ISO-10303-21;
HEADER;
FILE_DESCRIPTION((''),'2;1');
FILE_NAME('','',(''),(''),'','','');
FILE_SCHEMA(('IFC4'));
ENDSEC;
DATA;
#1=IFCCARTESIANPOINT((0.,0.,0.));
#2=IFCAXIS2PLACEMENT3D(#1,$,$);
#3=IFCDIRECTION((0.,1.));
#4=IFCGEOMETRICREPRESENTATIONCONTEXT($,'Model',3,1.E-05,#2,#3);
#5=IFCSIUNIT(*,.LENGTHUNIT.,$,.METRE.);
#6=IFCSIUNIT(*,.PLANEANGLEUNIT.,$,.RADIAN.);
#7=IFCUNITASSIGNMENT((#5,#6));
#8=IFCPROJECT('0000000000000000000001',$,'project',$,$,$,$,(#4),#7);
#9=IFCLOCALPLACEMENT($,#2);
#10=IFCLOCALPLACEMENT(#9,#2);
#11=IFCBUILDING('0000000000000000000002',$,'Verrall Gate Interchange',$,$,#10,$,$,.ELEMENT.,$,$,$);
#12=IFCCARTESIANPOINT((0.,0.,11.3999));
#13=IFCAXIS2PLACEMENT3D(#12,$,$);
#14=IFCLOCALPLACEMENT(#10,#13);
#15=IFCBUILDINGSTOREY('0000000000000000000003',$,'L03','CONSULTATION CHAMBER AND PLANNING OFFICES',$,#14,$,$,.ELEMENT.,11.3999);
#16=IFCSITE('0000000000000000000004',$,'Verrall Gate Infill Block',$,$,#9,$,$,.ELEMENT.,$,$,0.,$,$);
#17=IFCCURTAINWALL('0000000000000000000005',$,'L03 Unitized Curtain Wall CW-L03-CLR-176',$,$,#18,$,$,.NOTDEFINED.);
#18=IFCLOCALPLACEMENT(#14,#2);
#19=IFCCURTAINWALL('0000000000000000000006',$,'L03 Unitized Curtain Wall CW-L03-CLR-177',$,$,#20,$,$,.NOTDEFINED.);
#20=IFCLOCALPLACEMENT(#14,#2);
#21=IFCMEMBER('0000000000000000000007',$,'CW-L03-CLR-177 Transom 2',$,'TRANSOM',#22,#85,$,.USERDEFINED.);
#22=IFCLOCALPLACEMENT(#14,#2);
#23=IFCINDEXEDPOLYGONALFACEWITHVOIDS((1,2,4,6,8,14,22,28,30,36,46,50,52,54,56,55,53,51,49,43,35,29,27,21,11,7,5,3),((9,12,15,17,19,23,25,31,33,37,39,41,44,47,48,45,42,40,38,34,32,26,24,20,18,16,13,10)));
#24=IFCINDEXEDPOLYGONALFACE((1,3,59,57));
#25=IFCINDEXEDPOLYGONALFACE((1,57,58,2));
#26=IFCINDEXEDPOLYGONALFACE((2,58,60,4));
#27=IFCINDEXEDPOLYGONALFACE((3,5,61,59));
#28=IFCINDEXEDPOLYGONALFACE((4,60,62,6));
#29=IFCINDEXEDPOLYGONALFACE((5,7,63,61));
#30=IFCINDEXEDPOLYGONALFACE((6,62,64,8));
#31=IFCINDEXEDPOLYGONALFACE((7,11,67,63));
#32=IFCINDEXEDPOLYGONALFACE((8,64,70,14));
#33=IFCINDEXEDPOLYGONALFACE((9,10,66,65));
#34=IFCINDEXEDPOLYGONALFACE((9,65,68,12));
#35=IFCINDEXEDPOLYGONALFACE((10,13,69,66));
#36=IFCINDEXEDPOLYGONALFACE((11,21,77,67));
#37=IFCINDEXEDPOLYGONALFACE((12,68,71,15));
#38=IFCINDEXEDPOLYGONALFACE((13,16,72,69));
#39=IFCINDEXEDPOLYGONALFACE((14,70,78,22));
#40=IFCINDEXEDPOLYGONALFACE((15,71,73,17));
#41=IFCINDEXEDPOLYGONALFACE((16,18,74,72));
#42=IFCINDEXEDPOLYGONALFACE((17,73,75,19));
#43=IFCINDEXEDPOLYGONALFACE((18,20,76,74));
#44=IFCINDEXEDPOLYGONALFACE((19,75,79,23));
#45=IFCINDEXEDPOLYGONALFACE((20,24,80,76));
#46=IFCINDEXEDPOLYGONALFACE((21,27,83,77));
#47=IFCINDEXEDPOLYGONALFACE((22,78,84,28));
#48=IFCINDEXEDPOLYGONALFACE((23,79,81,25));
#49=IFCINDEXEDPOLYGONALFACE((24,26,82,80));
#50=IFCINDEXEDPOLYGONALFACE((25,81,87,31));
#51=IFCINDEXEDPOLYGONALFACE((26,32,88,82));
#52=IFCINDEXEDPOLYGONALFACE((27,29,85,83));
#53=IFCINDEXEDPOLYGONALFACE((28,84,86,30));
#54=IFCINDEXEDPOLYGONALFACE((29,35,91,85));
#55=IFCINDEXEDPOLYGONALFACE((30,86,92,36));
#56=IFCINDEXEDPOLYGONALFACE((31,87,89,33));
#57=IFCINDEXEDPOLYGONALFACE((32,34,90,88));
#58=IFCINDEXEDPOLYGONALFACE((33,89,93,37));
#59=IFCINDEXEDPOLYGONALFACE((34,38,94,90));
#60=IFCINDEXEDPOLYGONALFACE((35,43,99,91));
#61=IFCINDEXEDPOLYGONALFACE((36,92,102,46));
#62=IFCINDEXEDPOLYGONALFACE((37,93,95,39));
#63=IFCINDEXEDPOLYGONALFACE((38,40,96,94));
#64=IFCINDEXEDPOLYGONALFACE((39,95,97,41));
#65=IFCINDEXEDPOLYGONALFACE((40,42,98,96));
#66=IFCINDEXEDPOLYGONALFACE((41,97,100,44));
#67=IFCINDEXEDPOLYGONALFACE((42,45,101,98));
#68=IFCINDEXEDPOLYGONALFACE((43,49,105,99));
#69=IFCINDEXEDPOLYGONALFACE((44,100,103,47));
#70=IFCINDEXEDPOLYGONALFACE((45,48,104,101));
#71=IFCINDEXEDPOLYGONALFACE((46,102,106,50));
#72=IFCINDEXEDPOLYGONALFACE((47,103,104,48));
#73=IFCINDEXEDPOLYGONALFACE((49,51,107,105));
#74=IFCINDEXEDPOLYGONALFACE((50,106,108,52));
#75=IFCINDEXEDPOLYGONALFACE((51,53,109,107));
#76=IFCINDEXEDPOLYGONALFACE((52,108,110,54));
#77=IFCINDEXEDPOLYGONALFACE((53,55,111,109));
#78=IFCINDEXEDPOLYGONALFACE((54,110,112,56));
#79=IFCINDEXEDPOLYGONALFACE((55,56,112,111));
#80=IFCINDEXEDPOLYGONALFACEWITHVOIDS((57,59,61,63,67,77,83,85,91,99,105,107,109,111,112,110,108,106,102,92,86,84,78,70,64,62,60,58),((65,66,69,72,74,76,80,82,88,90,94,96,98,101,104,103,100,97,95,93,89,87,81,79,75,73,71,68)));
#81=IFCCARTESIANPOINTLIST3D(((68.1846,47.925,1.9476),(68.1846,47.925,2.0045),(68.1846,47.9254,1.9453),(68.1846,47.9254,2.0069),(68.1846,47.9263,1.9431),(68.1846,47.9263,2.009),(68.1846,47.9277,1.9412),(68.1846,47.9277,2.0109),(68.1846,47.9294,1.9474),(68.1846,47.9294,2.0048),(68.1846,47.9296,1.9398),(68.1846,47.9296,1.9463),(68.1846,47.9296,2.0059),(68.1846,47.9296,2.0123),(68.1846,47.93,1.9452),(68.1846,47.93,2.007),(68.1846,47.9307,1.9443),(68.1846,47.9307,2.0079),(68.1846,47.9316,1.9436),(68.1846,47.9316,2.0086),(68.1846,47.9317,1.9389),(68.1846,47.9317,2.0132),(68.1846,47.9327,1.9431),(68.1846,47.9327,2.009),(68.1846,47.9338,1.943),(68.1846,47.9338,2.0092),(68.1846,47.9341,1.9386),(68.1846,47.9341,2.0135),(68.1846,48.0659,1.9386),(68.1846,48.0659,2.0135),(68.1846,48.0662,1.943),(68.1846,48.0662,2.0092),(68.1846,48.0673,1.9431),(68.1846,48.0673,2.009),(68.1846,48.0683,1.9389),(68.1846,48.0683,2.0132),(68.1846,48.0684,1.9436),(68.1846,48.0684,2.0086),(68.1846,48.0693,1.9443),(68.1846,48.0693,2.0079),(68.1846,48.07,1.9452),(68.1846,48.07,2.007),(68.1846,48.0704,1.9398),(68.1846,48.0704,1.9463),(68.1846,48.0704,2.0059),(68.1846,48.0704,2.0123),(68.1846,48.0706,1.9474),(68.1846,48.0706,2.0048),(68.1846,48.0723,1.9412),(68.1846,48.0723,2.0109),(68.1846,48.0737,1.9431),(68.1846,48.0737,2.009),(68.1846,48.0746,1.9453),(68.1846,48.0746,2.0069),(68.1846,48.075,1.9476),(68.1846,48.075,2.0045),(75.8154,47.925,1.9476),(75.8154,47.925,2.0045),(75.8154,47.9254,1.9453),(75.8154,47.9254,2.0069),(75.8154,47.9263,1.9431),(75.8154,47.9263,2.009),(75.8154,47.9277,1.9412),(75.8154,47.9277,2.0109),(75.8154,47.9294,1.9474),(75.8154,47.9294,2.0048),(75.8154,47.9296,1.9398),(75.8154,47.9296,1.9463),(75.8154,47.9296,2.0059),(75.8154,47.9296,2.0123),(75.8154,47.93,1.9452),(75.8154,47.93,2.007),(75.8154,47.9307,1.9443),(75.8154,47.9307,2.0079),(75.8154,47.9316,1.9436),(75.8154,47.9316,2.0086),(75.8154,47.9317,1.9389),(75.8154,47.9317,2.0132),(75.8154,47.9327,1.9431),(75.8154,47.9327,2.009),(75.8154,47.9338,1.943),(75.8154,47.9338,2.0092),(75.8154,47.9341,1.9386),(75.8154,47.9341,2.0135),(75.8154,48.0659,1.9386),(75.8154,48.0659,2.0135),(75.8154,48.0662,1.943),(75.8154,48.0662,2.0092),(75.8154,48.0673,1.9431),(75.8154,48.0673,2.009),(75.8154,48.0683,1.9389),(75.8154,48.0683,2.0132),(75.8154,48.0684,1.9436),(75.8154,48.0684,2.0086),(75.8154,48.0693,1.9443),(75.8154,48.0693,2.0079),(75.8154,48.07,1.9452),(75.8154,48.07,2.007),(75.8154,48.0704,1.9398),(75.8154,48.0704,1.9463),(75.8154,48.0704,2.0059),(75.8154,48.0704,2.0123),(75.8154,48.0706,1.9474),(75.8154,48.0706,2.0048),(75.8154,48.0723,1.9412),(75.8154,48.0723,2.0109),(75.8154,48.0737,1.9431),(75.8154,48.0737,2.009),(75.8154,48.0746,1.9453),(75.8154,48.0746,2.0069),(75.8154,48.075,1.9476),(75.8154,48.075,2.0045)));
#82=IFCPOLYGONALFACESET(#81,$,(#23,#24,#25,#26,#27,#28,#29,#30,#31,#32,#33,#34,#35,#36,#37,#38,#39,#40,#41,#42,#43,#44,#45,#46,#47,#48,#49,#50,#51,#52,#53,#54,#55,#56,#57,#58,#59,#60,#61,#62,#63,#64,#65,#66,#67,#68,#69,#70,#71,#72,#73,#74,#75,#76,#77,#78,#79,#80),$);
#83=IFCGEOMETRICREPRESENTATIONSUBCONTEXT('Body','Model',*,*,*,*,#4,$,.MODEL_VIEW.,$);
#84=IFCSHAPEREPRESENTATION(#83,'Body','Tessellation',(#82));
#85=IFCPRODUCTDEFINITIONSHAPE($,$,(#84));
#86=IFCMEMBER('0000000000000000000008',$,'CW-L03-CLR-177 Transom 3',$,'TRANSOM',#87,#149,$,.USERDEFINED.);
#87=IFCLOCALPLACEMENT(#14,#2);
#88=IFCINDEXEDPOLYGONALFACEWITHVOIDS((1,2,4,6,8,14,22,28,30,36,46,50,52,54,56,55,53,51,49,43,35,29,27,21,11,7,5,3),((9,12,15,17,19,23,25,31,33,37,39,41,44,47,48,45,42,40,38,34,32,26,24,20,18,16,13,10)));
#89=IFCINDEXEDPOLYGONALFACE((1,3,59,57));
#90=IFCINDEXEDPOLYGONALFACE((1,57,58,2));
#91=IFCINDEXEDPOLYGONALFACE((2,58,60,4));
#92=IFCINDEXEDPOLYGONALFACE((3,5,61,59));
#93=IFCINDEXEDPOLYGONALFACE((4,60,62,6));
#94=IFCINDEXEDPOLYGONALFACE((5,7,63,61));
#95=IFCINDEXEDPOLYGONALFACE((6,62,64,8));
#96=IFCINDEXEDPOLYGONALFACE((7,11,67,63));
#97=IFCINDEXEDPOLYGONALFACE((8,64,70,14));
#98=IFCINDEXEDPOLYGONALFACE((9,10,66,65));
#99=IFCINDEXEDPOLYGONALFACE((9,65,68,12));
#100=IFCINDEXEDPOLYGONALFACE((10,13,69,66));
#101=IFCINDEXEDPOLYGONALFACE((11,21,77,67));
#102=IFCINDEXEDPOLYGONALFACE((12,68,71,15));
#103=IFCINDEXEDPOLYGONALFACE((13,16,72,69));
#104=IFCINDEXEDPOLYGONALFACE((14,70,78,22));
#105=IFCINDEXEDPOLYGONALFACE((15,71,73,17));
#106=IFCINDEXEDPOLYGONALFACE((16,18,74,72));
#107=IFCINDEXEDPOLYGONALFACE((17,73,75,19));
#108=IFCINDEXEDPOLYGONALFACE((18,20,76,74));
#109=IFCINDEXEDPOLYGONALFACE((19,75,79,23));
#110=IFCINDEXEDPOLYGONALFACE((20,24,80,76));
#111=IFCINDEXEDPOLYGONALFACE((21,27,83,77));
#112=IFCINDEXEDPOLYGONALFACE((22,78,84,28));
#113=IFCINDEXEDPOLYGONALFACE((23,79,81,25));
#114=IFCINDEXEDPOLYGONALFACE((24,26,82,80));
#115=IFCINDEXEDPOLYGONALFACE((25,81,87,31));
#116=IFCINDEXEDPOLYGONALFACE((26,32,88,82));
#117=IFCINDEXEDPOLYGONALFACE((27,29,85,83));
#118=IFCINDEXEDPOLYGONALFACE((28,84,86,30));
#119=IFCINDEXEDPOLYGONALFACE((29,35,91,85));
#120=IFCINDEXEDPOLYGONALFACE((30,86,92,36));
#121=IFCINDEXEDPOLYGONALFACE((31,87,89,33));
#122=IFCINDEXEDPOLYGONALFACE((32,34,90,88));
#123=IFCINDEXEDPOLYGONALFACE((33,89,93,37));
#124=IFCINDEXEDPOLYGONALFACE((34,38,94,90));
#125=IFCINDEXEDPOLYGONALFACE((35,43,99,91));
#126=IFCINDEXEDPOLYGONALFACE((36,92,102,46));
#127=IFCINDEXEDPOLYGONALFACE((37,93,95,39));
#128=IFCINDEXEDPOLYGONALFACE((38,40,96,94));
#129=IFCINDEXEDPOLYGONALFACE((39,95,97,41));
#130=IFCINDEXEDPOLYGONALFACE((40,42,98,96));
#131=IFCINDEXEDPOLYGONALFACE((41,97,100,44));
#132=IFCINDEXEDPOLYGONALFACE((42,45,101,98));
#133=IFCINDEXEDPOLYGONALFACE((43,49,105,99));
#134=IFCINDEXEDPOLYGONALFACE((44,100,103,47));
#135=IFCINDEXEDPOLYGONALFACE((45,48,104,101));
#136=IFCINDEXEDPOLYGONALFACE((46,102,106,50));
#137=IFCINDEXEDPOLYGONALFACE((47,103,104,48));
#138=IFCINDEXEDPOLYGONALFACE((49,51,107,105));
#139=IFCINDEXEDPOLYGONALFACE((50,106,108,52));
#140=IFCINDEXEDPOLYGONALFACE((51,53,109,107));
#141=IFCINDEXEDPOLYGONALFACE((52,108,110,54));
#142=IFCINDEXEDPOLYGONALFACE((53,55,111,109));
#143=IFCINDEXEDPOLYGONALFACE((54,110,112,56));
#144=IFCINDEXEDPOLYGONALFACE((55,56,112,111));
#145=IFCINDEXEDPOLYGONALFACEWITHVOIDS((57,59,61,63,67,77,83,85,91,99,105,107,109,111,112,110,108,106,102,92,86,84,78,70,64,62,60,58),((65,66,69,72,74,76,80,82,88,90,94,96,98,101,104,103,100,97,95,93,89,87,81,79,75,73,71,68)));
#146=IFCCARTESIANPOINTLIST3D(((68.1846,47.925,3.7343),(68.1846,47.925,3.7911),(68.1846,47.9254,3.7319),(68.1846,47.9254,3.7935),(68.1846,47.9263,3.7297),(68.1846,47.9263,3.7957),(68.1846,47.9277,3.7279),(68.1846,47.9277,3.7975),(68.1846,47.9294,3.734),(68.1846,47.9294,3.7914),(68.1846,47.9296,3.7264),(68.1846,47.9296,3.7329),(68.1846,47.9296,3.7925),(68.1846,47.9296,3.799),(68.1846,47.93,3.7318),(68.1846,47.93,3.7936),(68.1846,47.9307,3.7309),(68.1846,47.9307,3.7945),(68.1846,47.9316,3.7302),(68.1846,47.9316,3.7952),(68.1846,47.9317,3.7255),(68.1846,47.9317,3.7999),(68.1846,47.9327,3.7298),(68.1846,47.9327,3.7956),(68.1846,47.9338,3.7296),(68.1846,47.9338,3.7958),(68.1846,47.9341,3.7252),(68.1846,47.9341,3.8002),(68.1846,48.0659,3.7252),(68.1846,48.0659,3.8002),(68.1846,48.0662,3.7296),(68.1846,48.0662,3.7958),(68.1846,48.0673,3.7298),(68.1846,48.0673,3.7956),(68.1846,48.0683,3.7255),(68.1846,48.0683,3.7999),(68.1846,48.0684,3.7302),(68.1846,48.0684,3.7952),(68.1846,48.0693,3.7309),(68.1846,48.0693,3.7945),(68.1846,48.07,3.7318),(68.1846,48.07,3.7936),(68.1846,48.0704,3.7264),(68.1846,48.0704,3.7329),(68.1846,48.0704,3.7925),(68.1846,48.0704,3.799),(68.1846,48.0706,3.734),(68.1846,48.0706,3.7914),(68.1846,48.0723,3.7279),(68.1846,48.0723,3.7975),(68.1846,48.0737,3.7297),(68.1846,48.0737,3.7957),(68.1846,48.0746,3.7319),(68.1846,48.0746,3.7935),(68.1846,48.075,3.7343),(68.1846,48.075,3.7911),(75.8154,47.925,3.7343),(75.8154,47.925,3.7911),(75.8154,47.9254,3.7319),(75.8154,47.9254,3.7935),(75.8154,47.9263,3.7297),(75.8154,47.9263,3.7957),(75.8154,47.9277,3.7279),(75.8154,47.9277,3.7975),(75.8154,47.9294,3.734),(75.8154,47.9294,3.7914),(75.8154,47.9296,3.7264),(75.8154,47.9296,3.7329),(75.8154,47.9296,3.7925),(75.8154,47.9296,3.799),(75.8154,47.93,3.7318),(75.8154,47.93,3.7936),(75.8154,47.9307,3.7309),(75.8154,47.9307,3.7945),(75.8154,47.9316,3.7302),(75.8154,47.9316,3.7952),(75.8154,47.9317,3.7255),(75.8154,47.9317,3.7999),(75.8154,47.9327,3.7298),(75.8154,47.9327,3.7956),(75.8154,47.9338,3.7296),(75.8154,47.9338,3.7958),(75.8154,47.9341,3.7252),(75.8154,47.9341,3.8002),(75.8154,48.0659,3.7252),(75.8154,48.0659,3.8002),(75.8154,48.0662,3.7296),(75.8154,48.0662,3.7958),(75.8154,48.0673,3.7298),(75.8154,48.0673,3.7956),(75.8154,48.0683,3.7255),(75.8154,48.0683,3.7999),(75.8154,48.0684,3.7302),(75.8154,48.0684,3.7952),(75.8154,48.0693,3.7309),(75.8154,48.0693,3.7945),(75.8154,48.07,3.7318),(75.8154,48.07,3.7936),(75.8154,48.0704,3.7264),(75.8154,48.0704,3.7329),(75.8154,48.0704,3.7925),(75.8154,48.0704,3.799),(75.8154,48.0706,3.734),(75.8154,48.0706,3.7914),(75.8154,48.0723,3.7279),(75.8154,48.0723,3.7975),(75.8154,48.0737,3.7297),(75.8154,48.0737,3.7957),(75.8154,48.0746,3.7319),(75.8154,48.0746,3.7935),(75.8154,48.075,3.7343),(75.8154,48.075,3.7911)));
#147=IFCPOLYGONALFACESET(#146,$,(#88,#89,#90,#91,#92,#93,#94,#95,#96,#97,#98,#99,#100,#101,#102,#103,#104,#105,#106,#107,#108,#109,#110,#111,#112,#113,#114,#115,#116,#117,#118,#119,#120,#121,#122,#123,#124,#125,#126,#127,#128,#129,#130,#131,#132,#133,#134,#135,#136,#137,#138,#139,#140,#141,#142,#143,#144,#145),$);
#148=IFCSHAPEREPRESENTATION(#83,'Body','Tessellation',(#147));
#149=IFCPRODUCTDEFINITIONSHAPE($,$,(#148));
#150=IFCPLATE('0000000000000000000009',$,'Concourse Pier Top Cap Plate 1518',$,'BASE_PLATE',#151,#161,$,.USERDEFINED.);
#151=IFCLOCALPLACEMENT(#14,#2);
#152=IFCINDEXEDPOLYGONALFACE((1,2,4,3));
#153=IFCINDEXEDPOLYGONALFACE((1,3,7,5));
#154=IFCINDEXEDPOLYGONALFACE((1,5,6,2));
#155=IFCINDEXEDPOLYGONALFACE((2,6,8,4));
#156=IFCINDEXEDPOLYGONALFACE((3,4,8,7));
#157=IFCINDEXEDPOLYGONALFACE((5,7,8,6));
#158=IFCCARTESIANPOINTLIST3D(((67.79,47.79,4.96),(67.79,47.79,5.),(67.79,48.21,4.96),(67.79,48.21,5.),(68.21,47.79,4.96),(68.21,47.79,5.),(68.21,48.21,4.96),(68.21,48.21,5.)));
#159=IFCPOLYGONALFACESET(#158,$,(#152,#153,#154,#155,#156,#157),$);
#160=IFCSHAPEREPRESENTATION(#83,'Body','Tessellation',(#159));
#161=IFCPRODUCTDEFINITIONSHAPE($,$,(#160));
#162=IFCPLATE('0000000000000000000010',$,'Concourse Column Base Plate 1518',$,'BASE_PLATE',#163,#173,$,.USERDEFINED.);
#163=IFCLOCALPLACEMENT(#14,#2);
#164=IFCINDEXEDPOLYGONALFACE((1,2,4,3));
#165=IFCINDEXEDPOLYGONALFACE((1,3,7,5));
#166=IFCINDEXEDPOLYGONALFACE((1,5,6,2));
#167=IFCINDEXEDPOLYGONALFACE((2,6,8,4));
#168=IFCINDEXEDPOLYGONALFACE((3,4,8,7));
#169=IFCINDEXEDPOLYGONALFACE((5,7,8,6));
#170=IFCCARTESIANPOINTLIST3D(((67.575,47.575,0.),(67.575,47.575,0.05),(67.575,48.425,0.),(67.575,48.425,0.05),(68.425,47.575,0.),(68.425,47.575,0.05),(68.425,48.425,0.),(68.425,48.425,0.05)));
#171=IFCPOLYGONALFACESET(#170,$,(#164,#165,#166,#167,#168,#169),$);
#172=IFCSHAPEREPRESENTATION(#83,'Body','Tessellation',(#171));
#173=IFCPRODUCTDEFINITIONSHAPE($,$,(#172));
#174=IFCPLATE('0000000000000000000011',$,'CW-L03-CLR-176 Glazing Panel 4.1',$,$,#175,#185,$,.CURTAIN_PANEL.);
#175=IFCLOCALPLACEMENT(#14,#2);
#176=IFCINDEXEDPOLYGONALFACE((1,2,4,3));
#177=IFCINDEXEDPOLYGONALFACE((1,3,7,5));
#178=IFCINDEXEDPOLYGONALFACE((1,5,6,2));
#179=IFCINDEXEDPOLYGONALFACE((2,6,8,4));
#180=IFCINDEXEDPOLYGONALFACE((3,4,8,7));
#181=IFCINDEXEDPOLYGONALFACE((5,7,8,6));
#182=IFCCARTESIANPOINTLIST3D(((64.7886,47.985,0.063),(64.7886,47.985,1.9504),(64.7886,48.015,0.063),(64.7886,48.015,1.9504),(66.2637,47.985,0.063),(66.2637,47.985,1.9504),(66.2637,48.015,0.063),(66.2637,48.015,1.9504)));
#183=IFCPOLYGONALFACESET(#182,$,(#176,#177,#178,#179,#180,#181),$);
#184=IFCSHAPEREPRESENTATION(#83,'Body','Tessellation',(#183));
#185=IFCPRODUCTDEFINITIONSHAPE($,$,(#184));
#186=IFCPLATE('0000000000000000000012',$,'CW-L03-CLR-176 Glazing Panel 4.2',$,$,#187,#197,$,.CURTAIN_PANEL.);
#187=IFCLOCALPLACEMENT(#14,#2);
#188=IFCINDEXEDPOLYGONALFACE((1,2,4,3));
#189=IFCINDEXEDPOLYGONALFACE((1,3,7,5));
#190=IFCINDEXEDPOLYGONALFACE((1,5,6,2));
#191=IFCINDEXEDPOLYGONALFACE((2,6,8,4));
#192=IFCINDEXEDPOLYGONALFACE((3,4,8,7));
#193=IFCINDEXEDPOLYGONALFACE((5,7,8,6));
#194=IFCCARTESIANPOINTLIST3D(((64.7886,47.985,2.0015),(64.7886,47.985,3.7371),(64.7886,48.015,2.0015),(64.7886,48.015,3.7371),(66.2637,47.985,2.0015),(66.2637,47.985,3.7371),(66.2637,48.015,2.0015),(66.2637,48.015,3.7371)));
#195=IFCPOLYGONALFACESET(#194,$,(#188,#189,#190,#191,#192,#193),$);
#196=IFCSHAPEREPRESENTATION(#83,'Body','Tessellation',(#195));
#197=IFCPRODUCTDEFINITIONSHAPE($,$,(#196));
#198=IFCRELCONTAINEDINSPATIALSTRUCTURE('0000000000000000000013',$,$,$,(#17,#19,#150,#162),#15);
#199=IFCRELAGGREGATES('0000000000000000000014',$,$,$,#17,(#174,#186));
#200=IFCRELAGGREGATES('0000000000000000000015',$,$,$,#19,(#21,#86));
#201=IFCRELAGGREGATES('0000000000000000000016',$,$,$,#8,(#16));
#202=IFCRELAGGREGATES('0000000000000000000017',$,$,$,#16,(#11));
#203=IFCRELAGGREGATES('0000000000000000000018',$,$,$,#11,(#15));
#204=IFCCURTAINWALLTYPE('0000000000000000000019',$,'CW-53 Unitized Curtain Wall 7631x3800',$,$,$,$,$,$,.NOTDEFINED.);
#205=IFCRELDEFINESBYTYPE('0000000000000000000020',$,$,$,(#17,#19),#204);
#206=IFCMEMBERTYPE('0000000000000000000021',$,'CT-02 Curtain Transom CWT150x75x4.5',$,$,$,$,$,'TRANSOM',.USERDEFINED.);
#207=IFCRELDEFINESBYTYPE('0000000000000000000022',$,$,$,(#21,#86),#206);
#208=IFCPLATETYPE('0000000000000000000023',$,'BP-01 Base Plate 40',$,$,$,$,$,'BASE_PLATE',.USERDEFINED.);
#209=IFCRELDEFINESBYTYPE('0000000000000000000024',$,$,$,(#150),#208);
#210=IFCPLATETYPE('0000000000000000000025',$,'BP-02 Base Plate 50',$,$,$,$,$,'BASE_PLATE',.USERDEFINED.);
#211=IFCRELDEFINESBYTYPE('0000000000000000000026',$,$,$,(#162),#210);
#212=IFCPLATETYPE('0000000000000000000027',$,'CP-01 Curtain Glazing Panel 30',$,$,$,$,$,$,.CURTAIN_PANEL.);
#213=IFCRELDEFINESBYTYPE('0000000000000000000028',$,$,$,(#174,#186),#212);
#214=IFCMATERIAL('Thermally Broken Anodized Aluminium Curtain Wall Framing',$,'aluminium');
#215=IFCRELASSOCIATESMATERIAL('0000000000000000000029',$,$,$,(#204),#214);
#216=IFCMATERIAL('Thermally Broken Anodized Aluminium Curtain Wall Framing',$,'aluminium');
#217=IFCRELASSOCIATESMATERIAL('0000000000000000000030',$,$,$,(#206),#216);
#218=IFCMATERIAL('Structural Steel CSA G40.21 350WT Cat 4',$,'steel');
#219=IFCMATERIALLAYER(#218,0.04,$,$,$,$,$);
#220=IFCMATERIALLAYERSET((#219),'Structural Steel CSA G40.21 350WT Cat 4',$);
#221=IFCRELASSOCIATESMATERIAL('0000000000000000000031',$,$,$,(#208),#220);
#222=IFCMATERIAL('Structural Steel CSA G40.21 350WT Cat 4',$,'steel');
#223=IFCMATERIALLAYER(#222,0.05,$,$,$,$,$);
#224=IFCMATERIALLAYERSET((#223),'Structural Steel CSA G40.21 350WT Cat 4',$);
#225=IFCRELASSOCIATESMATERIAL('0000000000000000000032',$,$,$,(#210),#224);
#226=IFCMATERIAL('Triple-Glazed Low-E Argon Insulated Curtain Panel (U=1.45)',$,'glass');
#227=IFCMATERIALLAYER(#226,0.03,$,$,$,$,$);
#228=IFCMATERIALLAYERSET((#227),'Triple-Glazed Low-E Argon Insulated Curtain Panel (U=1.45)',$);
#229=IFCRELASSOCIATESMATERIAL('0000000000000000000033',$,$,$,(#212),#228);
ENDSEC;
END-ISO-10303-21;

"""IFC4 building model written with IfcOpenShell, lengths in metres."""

from ifc_helpers import new_model, si_unit, direction, frame, origin, origin_2d, place, context, subcontext, project, spatial, rectangle, hollow_rectangle, extrude, material, layer, layer_set, material_profile, profile_set, type_object, element, aggregate, save


model = new_model("IFC4")

# Units and contexts
model_context = context("Model", 3, precision=1e-05, world=origin(), true_north=direction((0.0, 1.0)))
body_context = subcontext(model_context, "Body", "Model", "MODEL_VIEW")
ifc_project = project(units=[si_unit("LENGTHUNIT", "METRE"), si_unit("PLANEANGLEUNIT", "RADIAN")], contexts=[model_context])

# Site, building, storey
site_placement = place(None, origin())
site = spatial("IfcSite", under=ifc_project, at=site_placement, Name="Verrall Gate Infill Block", CompositionType="ELEMENT", RefElevation=0.0)
building_placement = place(site_placement, origin())
building = spatial("IfcBuilding", under=site, at=building_placement, Name="Verrall Gate Interchange", CompositionType="ELEMENT")
storey_placement = place(building_placement, frame((0.0, 0.0, 11.3999)))
storey = spatial("IfcBuildingStorey", under=building, at=storey_placement, Name="L03", Description="CONSULTATION CHAMBER AND PLANNING OFFICES", CompositionType="ELEMENT", Elevation=11.3999)

# Curtain walls, members
ifc_material_1 = material(Name="Thermally Broken Anodized Aluminium Curtain Wall Framing", Category="aluminium")
curtain_wall_type = type_object("IfcCurtainWallType", Name="CW-53 Unitized Curtain Wall 7631x3800", PredefinedType="NOTDEFINED", material=ifc_material_1)
curtain_wall_1_placement = place(storey_placement, origin())
curtain_wall_1 = element("IfcCurtainWall", 1, at=curtain_wall_1_placement, inside=storey, type_object=curtain_wall_type, Name="L03 Unitized Curtain Wall CW-L03-CLR-176", PredefinedType="NOTDEFINED")
curtain_wall_2_placement = place(storey_placement, origin())
curtain_wall_2 = element("IfcCurtainWall", 2, at=curtain_wall_2_placement, inside=storey, type_object=curtain_wall_type, Name="L03 Unitized Curtain Wall CW-L03-CLR-177", PredefinedType="NOTDEFINED")
ifc_material_2 = material(Name="Thermally Broken Anodized Aluminium Curtain Wall Framing", Category="aluminium")
ifc_material_profile_1 = material_profile(ifc_material_2, hollow_rectangle(XDim=0.1499, YDim=0.075, WallThickness=0.0044, InnerFilletRadius=0.0044, OuterFilletRadius=0.009, at=origin_2d()), Name="CWT150x75x4.5")
ifc_profile_set_1 = profile_set([ifc_material_profile_1], Name="Thermally Broken Anodized Aluminium Curtain Wall Framing")
member_type_1 = type_object("IfcMemberType", Name="CT-02 Curtain Transom CWT150x75x4.5", ElementType="TRANSOM", PredefinedType="USERDEFINED", material=ifc_profile_set_1)
member_1_placement = place(storey_placement, frame((68.1846, 48.0, 1.9761), z_axis=(1.0, 0.0, 0.0), x_axis=(0.0, 1.0, 0.0)))
member_1 = element("IfcMember", 3, at=member_1_placement, type_object=member_type_1, Name="CW-L03-CLR-177 Transom 2", ObjectType="TRANSOM", PredefinedType="USERDEFINED", context=body_context, shape_type="SweptSolid", body=[
    extrude(hollow_rectangle(XDim=0.1499, YDim=0.075, WallThickness=0.0044, InnerFilletRadius=0.0044, OuterFilletRadius=0.009, at=origin_2d()), origin(), (0.0, 0.0, 1.0), 7.6309),
])
member_2_placement = place(storey_placement, frame((68.1846, 48.0, 3.7627), z_axis=(1.0, 0.0, 0.0), x_axis=(0.0, 1.0, 0.0)))
member_2 = element("IfcMember", 4, at=member_2_placement, type_object=member_type_1, Name="CW-L03-CLR-177 Transom 3", ObjectType="TRANSOM", PredefinedType="USERDEFINED", context=body_context, shape_type="SweptSolid", body=[
    extrude(hollow_rectangle(XDim=0.1499, YDim=0.075, WallThickness=0.0044, InnerFilletRadius=0.0044, OuterFilletRadius=0.009, at=origin_2d()), origin(), (0.0, 0.0, 1.0), 7.6309),
])

# Plates
ifc_material_3 = material(Name="Structural Steel CSA G40.21 350WT Cat 4", Category="steel")
ifc_layer_1 = layer(ifc_material_3, 0.04)
ifc_layer_set_1 = layer_set([ifc_layer_1], Name="Structural Steel CSA G40.21 350WT Cat 4")
plate_type_1 = type_object("IfcPlateType", Name="BP-01 Base Plate 40", ElementType="BASE_PLATE", PredefinedType="USERDEFINED", material=ifc_layer_set_1)
plate_1_placement = place(storey_placement, frame((68.0, 48.0, 4.96), z_axis=(0.0, 0.0, 1.0), x_axis=(1.0, 0.0, 0.0)))
element("IfcPlate", 5, at=plate_1_placement, inside=storey, type_object=plate_type_1, Name="Concourse Pier Top Cap Plate 1518", ObjectType="BASE_PLATE", PredefinedType="USERDEFINED", context=body_context, shape_type="SweptSolid", body=[
    extrude(rectangle(XDim=0.4199, YDim=0.4199, at=origin_2d()), origin(), (0.0, 0.0, 1.0), 0.04),
])
ifc_material_4 = material(Name="Structural Steel CSA G40.21 350WT Cat 4", Category="steel")
ifc_layer_2 = layer(ifc_material_4, 0.05)
ifc_layer_set_2 = layer_set([ifc_layer_2], Name="Structural Steel CSA G40.21 350WT Cat 4")
plate_type_2 = type_object("IfcPlateType", Name="BP-02 Base Plate 50", ElementType="BASE_PLATE", PredefinedType="USERDEFINED", material=ifc_layer_set_2)
plate_2_placement = place(storey_placement, frame((68.0, 48.0, 0.0), z_axis=(0.0, 0.0, 1.0), x_axis=(1.0, 0.0, 0.0)))
element("IfcPlate", 6, at=plate_2_placement, inside=storey, type_object=plate_type_2, Name="Concourse Column Base Plate 1518", ObjectType="BASE_PLATE", PredefinedType="USERDEFINED", context=body_context, shape_type="SweptSolid", body=[
    extrude(rectangle(XDim=0.8501, YDim=0.8501, at=origin_2d()), origin(), (0.0, 0.0, 1.0), 0.05),
])

# Plates
ifc_material_5 = material(Name="Triple-Glazed Low-E Argon Insulated Curtain Panel (U=1.45)", Category="glass")
ifc_layer_3 = layer(ifc_material_5, 0.03)
ifc_layer_set_3 = layer_set([ifc_layer_3], Name="Triple-Glazed Low-E Argon Insulated Curtain Panel (U=1.45)")
plate_type_3 = type_object("IfcPlateType", Name="CP-01 Curtain Glazing Panel 30", PredefinedType="CURTAIN_PANEL", material=ifc_layer_set_3)
plate_3_placement = place(storey_placement, frame((65.5261, 48.0, 0.063), z_axis=(0.0, 0.0, 1.0), x_axis=(1.0, 0.0, 0.0)))
plate_3 = element("IfcPlate", 7, at=plate_3_placement, type_object=plate_type_3, Name="CW-L03-CLR-176 Glazing Panel 4.1", PredefinedType="CURTAIN_PANEL", context=body_context, shape_type="SweptSolid", body=[
    extrude(rectangle(XDim=1.4751, YDim=0.03, at=origin_2d()), origin(), (0.0, 0.0, 1.0), 1.8875),
])
plate_4_placement = place(storey_placement, frame((65.5261, 48.0, 2.0015), z_axis=(0.0, 0.0, 1.0), x_axis=(1.0, 0.0, 0.0)))
plate_4 = element("IfcPlate", 8, at=plate_4_placement, type_object=plate_type_3, Name="CW-L03-CLR-176 Glazing Panel 4.2", PredefinedType="CURTAIN_PANEL", context=body_context, shape_type="SweptSolid", body=[
    extrude(rectangle(XDim=1.4751, YDim=0.03, at=origin_2d()), origin(), (0.0, 0.0, 1.0), 1.7356),
])
aggregate(curtain_wall_1, [plate_3, plate_4])
aggregate(curtain_wall_2, [member_1, member_2])

save(model, "model.ifc")
